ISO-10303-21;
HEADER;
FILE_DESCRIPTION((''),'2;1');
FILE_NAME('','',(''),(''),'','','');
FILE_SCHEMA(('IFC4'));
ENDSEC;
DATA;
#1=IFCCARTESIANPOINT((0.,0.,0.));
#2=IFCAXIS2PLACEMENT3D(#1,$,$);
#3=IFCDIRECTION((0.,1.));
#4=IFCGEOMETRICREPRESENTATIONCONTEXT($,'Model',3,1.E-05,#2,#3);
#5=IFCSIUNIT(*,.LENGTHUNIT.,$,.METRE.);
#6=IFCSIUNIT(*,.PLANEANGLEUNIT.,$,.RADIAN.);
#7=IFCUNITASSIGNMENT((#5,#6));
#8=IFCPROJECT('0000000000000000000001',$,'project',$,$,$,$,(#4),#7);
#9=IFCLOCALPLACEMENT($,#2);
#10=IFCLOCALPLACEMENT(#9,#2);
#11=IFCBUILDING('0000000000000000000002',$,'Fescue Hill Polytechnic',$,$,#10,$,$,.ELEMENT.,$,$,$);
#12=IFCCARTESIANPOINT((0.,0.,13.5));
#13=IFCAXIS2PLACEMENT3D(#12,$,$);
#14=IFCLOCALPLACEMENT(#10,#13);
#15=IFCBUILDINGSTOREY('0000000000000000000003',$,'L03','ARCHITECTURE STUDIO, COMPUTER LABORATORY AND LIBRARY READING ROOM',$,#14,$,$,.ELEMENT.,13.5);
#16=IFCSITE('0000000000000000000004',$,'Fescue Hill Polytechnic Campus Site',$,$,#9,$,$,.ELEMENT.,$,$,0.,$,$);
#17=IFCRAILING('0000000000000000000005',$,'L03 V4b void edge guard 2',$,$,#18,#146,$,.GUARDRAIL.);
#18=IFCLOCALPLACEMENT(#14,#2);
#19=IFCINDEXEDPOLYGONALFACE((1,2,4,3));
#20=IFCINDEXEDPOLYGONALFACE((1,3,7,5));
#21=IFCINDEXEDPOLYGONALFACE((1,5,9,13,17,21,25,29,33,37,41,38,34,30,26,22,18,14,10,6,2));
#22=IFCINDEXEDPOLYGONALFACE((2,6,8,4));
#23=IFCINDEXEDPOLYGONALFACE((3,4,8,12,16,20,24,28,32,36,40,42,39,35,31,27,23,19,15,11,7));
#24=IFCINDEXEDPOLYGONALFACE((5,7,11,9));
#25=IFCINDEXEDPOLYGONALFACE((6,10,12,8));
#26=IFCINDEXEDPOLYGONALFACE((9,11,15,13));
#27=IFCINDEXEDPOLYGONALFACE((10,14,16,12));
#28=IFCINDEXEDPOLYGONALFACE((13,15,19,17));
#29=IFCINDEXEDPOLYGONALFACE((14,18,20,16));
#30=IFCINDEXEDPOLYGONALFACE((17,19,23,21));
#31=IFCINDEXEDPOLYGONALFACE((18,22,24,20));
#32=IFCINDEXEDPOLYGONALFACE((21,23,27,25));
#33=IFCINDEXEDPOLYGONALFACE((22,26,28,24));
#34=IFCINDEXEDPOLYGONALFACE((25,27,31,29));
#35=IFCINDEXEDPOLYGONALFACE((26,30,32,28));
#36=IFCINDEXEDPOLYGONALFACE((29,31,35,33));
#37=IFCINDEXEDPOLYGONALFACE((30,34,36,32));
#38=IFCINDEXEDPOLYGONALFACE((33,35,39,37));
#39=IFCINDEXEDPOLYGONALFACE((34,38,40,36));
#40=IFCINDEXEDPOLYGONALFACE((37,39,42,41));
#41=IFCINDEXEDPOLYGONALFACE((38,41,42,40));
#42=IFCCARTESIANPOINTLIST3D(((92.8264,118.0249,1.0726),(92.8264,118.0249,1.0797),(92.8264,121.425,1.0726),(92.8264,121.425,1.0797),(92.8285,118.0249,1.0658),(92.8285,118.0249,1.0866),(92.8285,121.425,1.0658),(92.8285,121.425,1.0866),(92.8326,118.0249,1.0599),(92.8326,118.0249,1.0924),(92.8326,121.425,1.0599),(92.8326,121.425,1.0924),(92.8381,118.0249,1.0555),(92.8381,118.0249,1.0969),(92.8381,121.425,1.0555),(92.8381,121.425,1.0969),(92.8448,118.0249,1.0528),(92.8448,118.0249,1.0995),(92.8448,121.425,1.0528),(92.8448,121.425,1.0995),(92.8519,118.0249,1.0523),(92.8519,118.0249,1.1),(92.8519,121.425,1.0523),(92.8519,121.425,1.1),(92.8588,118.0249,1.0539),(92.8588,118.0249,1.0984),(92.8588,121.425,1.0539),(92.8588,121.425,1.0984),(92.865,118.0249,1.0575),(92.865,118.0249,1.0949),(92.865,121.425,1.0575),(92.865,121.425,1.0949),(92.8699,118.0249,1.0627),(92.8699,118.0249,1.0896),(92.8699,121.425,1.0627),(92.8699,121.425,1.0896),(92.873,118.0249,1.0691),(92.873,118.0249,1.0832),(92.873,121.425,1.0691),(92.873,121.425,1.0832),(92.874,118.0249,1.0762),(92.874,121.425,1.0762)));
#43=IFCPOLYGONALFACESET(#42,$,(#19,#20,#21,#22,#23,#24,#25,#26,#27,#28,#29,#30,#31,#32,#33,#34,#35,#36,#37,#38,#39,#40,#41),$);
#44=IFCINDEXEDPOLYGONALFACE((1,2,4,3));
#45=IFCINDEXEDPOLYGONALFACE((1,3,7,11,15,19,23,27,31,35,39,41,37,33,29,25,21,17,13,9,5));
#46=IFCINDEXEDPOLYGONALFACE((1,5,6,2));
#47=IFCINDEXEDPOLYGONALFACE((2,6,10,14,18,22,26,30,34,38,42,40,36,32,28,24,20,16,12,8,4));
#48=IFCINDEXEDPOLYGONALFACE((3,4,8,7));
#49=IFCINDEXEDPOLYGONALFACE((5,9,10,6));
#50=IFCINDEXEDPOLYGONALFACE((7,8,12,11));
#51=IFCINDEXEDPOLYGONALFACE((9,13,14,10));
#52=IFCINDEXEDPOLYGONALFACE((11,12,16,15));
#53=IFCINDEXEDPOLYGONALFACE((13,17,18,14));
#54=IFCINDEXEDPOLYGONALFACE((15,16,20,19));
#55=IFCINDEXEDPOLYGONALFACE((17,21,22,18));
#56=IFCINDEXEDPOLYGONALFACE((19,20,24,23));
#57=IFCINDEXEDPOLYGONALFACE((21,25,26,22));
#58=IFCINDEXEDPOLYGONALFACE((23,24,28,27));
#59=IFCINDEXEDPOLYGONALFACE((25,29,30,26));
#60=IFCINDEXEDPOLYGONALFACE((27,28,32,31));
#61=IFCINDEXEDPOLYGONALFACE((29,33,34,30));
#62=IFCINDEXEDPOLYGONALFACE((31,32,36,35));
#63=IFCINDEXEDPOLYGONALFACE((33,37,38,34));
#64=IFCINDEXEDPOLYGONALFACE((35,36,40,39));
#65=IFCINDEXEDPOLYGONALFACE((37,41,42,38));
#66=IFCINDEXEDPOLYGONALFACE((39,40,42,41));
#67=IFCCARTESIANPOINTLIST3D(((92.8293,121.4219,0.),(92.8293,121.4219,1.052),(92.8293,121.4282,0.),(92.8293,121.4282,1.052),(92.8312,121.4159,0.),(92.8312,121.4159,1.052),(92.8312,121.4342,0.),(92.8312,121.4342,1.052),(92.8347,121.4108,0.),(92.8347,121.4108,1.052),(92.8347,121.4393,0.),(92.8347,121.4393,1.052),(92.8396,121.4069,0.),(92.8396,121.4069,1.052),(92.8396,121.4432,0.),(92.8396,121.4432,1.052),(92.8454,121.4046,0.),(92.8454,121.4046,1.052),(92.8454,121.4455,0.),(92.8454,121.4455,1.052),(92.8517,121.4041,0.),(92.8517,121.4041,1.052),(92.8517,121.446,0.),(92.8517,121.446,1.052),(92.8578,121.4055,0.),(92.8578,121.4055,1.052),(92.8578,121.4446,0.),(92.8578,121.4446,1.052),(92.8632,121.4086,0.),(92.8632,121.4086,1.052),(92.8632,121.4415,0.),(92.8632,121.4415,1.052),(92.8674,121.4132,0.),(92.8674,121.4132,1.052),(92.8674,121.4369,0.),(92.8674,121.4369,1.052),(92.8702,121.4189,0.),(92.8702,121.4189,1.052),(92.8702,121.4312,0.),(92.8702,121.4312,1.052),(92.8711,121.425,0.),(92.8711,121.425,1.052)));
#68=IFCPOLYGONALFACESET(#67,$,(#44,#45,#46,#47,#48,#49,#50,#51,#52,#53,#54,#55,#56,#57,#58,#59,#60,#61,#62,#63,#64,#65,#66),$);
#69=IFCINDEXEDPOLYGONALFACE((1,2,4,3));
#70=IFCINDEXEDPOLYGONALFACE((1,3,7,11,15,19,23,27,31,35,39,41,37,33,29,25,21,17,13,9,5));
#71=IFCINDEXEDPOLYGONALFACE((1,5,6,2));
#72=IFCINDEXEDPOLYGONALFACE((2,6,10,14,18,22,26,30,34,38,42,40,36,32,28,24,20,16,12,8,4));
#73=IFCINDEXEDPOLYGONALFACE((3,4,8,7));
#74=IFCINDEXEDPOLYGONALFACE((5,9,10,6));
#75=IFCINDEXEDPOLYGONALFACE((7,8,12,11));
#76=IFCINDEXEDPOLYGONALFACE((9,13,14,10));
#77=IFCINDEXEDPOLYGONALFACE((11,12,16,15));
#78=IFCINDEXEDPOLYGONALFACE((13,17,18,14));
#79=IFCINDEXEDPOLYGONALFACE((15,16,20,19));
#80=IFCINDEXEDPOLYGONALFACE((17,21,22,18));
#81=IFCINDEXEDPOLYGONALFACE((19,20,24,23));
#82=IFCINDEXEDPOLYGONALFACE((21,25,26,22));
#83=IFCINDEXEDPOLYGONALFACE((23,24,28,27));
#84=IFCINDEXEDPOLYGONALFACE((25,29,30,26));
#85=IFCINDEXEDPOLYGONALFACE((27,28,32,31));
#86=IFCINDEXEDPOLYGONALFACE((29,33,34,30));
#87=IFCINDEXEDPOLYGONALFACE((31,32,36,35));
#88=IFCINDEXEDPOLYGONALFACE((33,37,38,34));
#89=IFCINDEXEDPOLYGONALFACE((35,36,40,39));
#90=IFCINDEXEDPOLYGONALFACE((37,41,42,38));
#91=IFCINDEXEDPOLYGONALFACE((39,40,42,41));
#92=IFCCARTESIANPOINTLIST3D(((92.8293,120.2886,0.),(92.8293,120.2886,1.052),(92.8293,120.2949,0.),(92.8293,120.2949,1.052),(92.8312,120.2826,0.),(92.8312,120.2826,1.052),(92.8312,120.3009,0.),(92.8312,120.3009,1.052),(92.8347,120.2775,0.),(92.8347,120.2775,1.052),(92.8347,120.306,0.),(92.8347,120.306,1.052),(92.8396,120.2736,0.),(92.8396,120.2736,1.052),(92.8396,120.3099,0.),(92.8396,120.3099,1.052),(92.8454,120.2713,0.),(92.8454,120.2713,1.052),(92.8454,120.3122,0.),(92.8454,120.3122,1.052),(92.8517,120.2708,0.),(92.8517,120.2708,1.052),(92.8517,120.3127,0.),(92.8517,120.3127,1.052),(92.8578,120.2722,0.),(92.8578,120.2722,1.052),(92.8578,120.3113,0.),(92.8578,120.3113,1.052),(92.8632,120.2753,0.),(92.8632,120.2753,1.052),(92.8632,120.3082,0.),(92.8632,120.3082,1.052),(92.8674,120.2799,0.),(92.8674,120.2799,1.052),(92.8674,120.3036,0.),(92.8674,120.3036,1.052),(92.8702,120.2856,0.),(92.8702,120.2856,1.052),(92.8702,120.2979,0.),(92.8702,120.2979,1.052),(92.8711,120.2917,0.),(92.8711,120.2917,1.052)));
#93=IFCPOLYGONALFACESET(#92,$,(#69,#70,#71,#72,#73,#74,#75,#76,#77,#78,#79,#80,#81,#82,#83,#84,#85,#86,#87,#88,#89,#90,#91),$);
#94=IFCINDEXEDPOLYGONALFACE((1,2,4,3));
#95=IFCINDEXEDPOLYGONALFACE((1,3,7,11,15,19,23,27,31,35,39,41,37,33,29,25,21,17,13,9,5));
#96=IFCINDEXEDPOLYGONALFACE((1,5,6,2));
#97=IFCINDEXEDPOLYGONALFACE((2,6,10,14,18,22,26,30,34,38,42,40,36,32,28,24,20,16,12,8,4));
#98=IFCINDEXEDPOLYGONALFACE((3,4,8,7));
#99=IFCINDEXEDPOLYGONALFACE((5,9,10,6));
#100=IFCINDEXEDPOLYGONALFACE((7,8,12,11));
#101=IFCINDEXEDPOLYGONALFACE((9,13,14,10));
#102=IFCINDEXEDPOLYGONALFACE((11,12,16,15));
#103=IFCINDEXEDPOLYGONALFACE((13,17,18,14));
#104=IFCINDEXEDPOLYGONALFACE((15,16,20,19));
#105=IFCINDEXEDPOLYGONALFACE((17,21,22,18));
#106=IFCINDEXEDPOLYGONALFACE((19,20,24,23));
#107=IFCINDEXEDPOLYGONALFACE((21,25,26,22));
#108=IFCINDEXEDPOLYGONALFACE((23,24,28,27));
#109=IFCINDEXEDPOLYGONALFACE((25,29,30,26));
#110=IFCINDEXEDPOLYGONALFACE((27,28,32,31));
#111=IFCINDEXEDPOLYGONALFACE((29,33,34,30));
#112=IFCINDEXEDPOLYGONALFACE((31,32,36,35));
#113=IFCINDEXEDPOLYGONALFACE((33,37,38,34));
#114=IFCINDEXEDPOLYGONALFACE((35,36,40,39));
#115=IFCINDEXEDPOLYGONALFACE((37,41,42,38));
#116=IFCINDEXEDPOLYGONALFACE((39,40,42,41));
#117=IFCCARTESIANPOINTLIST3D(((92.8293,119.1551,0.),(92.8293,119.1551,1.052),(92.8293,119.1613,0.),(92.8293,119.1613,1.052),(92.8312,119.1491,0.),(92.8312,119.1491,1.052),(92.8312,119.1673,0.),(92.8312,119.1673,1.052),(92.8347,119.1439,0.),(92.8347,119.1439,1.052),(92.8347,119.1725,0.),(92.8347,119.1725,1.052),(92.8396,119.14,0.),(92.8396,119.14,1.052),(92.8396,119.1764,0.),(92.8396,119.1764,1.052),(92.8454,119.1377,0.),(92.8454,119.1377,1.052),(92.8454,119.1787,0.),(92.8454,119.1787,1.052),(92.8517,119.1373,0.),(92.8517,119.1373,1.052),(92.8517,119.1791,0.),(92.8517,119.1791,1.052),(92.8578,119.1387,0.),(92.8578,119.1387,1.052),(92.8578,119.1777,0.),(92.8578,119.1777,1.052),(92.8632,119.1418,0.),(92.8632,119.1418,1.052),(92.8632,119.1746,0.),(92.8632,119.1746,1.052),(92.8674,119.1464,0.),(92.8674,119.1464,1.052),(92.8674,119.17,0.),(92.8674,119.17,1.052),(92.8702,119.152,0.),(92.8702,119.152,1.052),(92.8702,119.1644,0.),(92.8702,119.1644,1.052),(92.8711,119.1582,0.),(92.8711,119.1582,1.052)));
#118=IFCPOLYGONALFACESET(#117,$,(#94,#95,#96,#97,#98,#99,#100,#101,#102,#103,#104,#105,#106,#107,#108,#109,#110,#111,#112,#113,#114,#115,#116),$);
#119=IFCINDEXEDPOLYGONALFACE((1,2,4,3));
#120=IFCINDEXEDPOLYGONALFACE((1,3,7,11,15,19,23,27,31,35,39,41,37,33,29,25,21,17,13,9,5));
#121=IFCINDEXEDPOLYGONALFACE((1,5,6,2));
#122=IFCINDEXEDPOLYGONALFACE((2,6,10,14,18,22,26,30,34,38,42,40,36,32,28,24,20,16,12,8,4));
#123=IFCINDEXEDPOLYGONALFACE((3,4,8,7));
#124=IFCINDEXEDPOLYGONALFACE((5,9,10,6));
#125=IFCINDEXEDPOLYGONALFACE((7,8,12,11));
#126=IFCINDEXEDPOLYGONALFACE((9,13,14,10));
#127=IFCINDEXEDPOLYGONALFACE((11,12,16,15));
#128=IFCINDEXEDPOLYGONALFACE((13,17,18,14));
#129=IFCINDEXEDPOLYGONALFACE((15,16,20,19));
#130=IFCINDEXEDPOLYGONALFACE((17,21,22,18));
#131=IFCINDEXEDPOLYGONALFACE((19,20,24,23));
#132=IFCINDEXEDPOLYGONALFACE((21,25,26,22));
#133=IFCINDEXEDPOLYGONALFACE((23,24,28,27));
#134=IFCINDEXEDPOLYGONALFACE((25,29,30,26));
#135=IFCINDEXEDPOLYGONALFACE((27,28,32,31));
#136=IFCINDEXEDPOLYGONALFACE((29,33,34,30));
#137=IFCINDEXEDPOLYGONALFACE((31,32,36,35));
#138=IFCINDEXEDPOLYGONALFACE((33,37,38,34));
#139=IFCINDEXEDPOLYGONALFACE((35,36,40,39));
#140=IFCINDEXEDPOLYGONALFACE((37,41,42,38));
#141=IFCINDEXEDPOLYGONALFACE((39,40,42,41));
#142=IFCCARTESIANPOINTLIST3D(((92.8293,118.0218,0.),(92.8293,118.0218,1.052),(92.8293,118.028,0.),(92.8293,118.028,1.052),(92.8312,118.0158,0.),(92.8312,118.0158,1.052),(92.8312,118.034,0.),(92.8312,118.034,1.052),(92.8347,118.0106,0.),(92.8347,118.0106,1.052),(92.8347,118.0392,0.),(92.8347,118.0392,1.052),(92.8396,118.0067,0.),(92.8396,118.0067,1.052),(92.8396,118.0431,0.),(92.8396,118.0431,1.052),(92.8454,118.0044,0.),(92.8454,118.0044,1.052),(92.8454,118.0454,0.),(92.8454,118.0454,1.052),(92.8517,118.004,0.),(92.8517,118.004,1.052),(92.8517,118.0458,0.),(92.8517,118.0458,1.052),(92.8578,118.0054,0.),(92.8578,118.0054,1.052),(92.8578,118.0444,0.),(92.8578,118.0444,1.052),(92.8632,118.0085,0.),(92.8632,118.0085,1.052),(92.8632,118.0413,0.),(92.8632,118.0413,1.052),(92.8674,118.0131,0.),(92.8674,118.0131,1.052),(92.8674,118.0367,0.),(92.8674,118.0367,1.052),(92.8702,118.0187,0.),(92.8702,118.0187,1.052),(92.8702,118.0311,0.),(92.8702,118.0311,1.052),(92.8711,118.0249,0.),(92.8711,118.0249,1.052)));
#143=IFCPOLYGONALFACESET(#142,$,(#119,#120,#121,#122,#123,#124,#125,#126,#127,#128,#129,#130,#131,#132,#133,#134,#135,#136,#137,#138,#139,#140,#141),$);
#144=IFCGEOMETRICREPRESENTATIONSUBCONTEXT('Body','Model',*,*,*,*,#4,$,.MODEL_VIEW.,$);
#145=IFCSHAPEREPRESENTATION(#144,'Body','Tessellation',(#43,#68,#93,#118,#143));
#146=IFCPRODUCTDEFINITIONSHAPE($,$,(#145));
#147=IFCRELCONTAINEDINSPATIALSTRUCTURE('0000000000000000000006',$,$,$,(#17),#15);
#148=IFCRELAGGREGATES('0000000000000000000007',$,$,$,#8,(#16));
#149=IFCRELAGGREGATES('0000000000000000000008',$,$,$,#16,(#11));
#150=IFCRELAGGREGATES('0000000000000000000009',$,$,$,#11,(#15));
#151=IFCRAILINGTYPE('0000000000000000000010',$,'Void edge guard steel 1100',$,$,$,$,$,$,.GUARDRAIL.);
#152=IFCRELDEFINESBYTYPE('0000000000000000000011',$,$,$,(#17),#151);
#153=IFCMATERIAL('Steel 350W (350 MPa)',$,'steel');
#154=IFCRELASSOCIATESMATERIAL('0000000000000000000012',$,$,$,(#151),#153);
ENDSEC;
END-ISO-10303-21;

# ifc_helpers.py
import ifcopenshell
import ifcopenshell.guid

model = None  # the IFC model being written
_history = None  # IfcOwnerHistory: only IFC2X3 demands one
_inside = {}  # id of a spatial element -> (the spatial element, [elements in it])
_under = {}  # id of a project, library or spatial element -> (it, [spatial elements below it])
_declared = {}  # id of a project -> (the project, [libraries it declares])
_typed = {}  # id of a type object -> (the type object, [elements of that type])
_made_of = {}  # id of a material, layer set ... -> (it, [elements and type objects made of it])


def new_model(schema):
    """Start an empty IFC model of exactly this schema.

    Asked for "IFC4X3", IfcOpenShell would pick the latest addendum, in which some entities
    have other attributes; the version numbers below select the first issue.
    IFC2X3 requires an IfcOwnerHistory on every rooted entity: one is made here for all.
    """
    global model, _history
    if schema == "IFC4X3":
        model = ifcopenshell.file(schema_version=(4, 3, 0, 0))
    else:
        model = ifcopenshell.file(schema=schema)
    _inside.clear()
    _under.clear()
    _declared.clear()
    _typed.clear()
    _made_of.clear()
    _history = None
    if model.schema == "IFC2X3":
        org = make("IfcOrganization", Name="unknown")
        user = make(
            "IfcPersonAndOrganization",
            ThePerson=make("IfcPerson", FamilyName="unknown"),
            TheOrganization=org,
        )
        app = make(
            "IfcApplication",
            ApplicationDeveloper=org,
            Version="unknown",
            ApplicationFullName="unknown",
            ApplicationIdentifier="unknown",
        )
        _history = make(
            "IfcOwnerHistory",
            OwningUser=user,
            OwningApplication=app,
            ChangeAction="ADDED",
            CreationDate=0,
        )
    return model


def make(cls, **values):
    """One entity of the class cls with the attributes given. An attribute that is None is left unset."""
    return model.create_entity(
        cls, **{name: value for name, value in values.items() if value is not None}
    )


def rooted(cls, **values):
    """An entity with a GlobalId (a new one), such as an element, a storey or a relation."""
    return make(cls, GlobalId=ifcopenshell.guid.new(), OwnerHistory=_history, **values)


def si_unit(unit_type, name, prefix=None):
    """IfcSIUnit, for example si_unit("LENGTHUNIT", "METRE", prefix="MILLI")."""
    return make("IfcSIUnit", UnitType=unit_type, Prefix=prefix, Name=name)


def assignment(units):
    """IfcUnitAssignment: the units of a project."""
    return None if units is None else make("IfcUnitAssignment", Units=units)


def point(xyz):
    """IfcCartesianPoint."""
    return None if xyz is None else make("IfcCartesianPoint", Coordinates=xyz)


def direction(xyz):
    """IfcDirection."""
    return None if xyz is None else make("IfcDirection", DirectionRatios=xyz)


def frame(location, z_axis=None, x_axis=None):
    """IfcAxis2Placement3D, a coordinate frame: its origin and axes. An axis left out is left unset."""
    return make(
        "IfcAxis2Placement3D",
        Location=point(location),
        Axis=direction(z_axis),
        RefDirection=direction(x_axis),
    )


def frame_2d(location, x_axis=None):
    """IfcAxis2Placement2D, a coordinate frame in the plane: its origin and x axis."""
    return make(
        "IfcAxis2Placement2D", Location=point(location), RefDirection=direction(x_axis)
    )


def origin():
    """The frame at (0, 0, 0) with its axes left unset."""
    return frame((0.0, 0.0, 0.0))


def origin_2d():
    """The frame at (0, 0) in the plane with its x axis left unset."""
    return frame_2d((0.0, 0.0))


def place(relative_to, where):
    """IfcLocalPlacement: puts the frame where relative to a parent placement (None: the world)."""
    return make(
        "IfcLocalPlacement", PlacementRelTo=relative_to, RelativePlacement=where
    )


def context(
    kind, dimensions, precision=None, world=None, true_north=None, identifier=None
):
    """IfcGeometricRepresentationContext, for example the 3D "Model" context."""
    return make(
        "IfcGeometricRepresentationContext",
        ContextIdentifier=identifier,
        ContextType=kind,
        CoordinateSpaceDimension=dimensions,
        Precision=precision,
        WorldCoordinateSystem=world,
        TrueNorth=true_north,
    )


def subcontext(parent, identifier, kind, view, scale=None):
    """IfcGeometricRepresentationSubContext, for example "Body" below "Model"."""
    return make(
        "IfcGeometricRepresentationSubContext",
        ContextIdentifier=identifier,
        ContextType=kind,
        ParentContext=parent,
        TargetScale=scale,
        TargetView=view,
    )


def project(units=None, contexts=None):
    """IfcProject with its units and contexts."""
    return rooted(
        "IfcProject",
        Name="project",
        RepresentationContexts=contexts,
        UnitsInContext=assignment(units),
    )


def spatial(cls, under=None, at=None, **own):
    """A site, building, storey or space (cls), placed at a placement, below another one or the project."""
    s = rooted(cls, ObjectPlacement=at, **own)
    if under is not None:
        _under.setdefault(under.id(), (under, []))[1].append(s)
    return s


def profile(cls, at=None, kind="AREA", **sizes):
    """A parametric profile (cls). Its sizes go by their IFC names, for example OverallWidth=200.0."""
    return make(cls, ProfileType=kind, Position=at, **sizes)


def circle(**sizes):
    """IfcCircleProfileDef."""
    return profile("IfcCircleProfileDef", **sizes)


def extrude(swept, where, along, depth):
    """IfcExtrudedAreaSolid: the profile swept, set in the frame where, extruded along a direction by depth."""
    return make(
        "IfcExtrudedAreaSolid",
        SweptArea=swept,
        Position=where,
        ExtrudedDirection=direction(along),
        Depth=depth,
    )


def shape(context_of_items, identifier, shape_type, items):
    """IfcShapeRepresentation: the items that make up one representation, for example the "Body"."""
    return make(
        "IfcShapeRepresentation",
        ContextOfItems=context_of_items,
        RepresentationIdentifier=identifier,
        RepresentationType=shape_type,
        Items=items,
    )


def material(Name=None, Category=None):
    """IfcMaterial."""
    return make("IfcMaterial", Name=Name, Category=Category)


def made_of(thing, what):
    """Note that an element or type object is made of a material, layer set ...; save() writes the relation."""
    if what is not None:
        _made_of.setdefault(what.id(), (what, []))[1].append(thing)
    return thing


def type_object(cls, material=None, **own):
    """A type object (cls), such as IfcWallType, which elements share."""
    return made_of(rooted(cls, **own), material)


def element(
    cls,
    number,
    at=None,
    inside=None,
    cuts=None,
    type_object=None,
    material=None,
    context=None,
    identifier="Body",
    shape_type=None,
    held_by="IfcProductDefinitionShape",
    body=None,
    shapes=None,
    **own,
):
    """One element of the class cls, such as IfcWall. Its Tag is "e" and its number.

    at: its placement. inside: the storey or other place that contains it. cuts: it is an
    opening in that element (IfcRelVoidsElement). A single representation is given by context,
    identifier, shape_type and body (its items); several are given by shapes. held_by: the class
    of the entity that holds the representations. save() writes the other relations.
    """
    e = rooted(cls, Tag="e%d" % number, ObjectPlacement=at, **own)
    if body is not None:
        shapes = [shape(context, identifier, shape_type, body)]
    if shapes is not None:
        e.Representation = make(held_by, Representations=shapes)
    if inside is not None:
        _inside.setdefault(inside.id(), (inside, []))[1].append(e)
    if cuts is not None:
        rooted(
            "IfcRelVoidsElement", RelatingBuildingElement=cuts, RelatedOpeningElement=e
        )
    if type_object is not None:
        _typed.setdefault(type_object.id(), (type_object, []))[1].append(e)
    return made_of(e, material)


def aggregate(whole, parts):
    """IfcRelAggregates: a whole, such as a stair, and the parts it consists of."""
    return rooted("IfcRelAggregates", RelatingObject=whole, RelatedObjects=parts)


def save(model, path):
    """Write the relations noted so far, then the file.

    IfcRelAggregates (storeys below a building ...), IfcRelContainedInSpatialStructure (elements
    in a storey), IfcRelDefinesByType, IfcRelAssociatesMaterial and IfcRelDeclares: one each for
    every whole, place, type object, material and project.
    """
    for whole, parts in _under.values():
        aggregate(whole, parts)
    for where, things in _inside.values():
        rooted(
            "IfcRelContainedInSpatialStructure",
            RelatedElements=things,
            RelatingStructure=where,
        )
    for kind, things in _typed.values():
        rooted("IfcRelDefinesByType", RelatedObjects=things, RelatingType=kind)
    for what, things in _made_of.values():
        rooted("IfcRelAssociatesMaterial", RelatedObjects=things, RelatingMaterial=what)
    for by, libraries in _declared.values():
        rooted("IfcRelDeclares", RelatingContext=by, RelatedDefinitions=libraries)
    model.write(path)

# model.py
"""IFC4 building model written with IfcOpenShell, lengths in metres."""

from ifc_helpers import new_model, si_unit, direction, frame, origin, origin_2d, place, context, subcontext, project, spatial, circle, extrude, material, type_object, element, save


model = new_model("IFC4")

# Units and contexts
model_context = context("Model", 3, precision=1e-05, world=origin(), true_north=direction((0.0, 1.0)))
body_context = subcontext(model_context, "Body", "Model", "MODEL_VIEW")
ifc_project = project(units=[si_unit("LENGTHUNIT", "METRE"), si_unit("PLANEANGLEUNIT", "RADIAN")], contexts=[model_context])

# Site, building, storey
site_placement = place(None, origin())
site = spatial("IfcSite", under=ifc_project, at=site_placement, Name="Fescue Hill Polytechnic Campus Site", CompositionType="ELEMENT", RefElevation=0.0)
building_placement = place(site_placement, origin())
building = spatial("IfcBuilding", under=site, at=building_placement, Name="Fescue Hill Polytechnic", CompositionType="ELEMENT")
storey_placement = place(building_placement, frame((0.0, 0.0, 13.5)))
storey = spatial("IfcBuildingStorey", under=building, at=storey_placement, Name="L03", Description="ARCHITECTURE STUDIO, COMPUTER LABORATORY AND LIBRARY READING ROOM", CompositionType="ELEMENT", Elevation=13.5)

# Railing
ifc_material_1 = material(Name="Steel 350W (350 MPa)", Category="steel")
railing_type_1 = type_object("IfcRailingType", Name="Void edge guard steel 1100", PredefinedType="GUARDRAIL", material=ifc_material_1)
railing_1_placement = place(storey_placement, frame((92.8501, 121.425, 0.0)))
element("IfcRailing", 1, at=railing_1_placement, inside=storey, type_object=railing_type_1, Name="L03 V4b void edge guard 2", PredefinedType="GUARDRAIL", context=body_context, shape_type="SweptSolid", body=[
    extrude(circle(Radius=0.0239, at=origin_2d()), frame((0.0, 0.0, 1.0762), z_axis=(0.0, -1.0, 0.0), x_axis=(1.0, 0.0, 0.0)), (0.0, 0.0, 1.0), 3.4001),
    extrude(circle(Radius=0.021, at=origin_2d()), origin(), (0.0, 0.0, 1.0), 1.052),
    extrude(circle(Radius=0.021, at=origin_2d()), frame((0.0, -1.1333, 0.0)), (0.0, 0.0, 1.0), 1.052),
    extrude(circle(Radius=0.021, at=origin_2d()), frame((0.0, -2.2668, 0.0)), (0.0, 0.0, 1.0), 1.052),
    extrude(circle(Radius=0.021, at=origin_2d()), frame((0.0, -3.4001, 0.0)), (0.0, 0.0, 1.0), 1.052),
])

save(model, "model.ifc")
